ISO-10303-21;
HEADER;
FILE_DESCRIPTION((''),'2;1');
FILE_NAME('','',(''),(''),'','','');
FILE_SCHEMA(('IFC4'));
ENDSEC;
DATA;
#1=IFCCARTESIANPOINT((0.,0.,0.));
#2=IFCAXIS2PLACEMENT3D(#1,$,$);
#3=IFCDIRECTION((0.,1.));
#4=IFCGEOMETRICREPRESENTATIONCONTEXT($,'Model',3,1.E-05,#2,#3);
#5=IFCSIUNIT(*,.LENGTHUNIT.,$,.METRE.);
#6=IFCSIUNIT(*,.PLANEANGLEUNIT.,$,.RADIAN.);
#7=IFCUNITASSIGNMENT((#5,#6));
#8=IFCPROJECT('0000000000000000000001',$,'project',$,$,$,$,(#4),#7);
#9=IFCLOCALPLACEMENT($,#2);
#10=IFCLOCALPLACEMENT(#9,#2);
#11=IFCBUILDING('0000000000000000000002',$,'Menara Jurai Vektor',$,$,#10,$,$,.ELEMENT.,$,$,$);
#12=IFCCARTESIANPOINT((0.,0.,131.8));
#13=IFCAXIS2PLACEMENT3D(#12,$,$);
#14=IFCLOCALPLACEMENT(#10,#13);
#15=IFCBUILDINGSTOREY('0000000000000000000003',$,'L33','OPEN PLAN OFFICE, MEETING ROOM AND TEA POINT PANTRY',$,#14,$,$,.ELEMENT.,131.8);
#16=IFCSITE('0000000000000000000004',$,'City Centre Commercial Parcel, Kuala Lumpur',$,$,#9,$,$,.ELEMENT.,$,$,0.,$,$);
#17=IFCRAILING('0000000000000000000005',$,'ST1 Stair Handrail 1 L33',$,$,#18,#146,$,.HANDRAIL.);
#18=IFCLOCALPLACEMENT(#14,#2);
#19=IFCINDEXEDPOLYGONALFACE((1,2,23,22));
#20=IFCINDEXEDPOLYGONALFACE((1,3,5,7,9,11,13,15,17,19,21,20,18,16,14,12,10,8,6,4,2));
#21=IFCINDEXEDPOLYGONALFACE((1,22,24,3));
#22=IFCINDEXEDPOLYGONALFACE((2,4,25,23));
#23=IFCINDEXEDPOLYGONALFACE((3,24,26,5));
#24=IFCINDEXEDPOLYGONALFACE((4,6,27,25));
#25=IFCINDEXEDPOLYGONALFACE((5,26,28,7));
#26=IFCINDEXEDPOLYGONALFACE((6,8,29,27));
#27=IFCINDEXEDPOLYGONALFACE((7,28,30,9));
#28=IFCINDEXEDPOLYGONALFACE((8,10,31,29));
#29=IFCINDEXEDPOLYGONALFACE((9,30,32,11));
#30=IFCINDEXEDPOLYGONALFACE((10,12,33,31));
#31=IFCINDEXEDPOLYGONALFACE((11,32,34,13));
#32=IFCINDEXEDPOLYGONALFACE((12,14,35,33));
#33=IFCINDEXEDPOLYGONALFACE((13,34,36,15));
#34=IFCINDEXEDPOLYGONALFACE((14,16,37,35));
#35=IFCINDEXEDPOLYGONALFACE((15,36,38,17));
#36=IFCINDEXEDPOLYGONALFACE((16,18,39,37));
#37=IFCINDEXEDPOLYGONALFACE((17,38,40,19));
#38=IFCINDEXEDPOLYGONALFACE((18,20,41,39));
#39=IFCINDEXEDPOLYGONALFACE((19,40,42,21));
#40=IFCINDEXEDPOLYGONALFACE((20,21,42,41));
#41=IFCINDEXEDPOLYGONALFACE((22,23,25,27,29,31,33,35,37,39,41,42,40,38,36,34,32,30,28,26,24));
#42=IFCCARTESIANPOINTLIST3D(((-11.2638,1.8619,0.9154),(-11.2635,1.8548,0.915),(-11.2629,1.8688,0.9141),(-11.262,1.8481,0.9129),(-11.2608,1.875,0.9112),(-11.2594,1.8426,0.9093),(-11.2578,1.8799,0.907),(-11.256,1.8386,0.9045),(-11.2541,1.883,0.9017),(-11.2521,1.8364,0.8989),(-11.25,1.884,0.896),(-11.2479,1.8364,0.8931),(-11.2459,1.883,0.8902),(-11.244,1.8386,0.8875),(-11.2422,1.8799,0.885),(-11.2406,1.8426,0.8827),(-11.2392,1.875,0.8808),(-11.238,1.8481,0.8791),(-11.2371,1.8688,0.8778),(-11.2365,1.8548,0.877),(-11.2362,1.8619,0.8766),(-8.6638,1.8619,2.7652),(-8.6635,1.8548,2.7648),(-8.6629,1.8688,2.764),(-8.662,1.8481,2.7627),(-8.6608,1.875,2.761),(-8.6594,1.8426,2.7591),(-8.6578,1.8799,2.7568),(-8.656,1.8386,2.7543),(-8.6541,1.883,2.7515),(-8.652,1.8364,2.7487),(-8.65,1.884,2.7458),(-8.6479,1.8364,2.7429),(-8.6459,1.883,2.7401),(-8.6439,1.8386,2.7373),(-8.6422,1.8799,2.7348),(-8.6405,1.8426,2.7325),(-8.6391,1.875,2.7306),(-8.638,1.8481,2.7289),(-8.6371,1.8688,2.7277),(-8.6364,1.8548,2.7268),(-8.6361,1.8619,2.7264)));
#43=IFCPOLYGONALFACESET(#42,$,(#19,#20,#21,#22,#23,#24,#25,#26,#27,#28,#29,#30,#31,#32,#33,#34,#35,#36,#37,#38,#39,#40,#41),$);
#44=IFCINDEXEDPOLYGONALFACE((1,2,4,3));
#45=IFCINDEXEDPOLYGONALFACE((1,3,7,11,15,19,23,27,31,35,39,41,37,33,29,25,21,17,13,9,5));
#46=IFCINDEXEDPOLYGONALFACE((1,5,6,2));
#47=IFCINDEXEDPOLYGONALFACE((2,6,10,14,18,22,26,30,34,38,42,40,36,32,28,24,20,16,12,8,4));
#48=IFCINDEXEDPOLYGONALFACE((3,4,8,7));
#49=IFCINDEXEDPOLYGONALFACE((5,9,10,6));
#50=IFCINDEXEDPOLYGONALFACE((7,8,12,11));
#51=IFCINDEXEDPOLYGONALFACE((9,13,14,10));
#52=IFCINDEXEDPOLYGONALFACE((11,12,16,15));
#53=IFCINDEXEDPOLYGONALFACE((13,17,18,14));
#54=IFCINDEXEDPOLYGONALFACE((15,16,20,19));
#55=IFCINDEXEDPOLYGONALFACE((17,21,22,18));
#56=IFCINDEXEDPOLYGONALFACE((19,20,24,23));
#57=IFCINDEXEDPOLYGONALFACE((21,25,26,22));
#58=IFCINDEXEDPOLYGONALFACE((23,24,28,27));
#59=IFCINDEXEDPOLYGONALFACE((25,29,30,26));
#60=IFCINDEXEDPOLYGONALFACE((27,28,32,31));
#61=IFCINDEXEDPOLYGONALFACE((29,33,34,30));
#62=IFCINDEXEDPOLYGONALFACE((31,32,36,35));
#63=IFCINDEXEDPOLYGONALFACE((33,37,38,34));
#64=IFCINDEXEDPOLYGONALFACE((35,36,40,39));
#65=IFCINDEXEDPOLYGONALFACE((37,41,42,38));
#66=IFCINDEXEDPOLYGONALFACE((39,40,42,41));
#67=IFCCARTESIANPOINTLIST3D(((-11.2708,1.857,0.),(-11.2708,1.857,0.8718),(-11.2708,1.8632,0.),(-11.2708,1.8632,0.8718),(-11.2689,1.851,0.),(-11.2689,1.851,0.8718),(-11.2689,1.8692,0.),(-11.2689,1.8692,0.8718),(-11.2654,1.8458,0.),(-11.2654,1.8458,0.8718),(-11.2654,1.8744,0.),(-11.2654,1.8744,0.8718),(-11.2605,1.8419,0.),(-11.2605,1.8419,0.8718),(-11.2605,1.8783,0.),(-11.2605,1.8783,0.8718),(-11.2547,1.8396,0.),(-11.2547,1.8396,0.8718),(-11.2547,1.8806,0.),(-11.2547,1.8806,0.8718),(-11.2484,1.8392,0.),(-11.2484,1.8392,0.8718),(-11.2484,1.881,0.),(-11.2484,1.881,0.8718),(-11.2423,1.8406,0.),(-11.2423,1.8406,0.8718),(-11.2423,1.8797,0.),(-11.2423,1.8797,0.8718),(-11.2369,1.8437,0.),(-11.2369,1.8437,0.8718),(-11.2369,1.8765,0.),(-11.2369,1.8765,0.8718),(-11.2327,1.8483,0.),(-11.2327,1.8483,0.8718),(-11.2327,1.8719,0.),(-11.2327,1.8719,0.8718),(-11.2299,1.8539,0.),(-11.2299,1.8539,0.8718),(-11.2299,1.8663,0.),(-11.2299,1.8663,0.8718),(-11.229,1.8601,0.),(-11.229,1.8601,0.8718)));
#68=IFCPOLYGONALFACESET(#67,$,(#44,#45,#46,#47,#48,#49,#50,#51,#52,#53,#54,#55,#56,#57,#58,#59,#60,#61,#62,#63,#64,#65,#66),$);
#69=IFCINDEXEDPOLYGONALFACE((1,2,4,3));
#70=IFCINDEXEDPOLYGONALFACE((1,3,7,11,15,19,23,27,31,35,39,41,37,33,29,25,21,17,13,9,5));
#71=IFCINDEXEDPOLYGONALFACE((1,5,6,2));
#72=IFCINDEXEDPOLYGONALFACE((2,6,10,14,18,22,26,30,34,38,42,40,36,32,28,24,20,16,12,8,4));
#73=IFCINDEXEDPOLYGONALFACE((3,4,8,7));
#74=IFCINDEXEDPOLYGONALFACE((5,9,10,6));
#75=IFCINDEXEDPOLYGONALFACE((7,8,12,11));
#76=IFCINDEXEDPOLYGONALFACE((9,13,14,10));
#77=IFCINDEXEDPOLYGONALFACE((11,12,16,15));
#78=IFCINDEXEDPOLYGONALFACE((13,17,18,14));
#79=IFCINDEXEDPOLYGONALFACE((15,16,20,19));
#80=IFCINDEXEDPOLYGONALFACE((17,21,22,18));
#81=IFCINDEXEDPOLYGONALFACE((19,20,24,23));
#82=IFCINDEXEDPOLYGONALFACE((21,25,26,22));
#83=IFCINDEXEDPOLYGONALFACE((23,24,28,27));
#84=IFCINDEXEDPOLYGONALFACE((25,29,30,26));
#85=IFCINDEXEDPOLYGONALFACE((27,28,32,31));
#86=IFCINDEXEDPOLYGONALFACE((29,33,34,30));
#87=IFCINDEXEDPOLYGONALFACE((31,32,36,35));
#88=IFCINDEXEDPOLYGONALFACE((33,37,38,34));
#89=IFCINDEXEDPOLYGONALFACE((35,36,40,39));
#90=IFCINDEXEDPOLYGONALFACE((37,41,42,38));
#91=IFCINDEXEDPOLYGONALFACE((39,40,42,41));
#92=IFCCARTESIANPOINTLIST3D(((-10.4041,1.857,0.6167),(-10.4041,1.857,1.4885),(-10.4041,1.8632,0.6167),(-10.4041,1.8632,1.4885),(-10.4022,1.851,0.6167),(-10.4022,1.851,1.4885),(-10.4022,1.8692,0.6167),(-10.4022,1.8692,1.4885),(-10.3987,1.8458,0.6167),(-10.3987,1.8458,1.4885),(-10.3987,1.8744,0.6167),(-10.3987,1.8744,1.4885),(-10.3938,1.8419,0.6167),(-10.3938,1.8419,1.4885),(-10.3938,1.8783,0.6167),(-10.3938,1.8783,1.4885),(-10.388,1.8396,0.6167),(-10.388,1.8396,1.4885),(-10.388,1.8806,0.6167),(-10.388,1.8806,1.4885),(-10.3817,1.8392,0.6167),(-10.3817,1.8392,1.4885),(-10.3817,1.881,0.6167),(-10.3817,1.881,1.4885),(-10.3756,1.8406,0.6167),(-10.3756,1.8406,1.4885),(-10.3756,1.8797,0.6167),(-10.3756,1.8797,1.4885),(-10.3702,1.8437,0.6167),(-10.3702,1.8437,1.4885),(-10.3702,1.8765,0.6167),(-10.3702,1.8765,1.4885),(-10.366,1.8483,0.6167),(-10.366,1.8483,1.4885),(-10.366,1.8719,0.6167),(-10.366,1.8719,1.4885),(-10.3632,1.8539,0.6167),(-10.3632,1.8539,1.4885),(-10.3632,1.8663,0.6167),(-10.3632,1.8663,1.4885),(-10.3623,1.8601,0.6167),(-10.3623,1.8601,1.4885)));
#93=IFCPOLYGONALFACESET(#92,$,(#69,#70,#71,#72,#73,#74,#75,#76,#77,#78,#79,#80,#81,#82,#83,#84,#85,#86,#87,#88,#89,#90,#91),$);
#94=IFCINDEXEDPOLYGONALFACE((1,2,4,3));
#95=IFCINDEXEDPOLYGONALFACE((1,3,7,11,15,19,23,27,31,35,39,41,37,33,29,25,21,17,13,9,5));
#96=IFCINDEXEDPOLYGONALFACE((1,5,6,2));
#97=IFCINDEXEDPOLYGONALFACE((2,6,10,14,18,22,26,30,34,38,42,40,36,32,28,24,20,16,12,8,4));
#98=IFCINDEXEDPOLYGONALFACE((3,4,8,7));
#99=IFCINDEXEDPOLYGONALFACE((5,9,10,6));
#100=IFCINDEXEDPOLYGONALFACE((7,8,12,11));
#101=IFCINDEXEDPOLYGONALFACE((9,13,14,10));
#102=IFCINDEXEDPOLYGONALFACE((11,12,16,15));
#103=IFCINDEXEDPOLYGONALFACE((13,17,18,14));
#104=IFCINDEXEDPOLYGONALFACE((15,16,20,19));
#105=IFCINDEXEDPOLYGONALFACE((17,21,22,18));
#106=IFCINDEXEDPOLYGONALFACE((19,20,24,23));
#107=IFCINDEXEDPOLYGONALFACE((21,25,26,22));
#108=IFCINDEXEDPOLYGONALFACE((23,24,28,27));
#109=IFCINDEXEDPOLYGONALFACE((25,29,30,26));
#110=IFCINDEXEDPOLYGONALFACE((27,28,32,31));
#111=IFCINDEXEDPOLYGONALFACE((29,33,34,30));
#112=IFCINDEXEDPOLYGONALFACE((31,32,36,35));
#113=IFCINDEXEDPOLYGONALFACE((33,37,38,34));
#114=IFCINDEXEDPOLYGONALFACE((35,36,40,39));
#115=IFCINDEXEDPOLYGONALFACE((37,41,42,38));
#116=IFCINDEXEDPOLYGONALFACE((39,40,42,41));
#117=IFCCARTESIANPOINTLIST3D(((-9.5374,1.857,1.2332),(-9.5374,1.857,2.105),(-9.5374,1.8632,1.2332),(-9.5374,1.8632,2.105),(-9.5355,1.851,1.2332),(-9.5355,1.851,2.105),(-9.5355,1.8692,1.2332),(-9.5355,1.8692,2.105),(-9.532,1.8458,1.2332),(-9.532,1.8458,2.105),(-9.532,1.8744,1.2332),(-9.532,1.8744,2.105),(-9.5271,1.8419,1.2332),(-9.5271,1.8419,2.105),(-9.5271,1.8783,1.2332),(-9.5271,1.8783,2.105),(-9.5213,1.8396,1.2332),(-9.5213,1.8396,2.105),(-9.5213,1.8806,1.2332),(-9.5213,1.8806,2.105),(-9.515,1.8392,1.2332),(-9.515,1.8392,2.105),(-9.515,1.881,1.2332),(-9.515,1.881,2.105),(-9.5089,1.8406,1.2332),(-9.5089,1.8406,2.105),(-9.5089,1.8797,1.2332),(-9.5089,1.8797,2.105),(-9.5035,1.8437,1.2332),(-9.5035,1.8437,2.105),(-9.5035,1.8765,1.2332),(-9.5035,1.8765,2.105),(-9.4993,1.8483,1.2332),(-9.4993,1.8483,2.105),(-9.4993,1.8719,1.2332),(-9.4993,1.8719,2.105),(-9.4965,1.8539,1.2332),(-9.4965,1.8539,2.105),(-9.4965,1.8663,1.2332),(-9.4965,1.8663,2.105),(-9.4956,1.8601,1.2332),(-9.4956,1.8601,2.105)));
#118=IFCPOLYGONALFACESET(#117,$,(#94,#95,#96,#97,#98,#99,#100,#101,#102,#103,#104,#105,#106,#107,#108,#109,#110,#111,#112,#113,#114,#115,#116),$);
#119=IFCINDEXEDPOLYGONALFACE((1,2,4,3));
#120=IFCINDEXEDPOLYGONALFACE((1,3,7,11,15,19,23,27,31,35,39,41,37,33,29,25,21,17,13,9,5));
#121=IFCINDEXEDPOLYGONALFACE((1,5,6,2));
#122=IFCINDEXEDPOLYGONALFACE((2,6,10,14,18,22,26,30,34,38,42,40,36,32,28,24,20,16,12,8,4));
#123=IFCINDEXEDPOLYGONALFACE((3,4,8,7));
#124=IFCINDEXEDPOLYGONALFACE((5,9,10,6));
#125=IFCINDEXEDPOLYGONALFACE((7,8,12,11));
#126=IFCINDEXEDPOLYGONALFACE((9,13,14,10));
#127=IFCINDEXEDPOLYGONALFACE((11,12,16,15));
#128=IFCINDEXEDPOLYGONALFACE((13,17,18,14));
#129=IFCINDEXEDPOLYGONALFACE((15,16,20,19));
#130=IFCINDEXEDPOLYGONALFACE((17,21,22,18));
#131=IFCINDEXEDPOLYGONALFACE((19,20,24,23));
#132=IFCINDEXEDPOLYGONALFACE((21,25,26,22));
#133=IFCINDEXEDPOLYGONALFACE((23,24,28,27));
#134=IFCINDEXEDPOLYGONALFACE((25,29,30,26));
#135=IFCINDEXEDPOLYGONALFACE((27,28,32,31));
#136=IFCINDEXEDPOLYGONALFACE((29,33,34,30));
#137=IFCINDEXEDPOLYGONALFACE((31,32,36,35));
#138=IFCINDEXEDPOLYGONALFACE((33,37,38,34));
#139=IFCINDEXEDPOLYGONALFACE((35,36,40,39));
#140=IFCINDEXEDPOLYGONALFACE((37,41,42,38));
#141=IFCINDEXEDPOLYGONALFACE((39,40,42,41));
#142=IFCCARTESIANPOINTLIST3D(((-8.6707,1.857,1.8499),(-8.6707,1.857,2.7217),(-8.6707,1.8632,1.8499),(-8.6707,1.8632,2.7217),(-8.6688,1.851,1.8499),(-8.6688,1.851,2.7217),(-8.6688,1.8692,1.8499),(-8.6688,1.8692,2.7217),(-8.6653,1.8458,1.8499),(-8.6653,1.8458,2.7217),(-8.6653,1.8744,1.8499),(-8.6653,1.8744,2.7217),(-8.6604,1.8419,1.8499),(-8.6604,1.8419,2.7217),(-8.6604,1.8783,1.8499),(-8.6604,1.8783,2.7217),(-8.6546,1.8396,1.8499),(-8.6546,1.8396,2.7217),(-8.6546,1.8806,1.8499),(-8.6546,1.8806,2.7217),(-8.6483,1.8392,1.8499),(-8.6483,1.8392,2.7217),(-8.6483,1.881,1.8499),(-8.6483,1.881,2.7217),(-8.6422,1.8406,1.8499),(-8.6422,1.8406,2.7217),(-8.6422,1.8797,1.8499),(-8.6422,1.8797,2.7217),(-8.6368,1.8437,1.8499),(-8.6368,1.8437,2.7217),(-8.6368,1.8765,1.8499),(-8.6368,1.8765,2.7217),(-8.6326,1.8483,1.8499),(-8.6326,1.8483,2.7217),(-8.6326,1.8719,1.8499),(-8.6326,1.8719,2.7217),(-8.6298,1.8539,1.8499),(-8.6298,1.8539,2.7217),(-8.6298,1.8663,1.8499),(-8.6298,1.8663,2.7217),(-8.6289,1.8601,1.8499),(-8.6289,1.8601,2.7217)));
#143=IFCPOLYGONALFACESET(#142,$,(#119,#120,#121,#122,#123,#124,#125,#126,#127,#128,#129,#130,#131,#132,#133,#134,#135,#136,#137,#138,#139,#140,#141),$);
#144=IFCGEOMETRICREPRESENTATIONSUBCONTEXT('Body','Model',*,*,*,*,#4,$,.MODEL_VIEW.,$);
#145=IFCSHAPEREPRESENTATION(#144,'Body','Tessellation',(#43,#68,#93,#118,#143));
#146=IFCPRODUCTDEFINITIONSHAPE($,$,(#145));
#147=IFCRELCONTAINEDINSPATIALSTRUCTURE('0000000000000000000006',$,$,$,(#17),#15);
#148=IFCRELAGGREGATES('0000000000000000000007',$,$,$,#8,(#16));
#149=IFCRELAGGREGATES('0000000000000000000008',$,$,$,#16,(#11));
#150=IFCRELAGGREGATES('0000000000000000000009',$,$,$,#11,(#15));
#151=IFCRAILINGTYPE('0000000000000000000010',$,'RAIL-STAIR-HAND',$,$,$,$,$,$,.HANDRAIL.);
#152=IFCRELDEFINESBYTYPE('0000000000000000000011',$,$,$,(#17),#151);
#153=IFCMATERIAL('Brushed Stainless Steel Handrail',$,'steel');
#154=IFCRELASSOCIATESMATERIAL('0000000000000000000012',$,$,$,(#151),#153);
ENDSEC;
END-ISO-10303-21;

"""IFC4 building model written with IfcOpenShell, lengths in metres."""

from ifc_helpers import new_model, si_unit, direction, frame, origin, origin_2d, place, context, subcontext, project, spatial, circle, extrude, material, type_object, element, save


model = new_model("IFC4")

# Units and contexts
model_context = context("Model", 3, precision=1e-05, world=origin(), true_north=direction((0.0, 1.0)))
body_context = subcontext(model_context, "Body", "Model", "MODEL_VIEW")
ifc_project = project(units=[si_unit("LENGTHUNIT", "METRE"), si_unit("PLANEANGLEUNIT", "RADIAN")], contexts=[model_context])

# Site, building, storey
site_placement = place(None, origin())
site = spatial("IfcSite", under=ifc_project, at=site_placement, Name="City Centre Commercial Parcel, Kuala Lumpur", CompositionType="ELEMENT", RefElevation=0.0)
building_placement = place(site_placement, origin())
building = spatial("IfcBuilding", under=site, at=building_placement, Name="Menara Jurai Vektor", CompositionType="ELEMENT")
storey_placement = place(building_placement, frame((0.0, 0.0, 131.8)))
storey = spatial("IfcBuildingStorey", under=building, at=storey_placement, Name="L33", Description="OPEN PLAN OFFICE, MEETING ROOM AND TEA POINT PANTRY", CompositionType="ELEMENT", Elevation=131.8)

# Railing
ifc_material_1 = material(Name="Brushed Stainless Steel Handrail", Category="steel")
railing_type_1 = type_object("IfcRailingType", Name="RAIL-STAIR-HAND", PredefinedType="HANDRAIL", material=ifc_material_1)
railing_1_placement = place(storey_placement, frame((-11.25, 1.8601, 0.0)))
element("IfcRailing", 1, at=railing_1_placement, inside=storey, type_object=railing_type_1, Name="ST1 Stair Handrail 1 L33", PredefinedType="HANDRAIL", context=body_context, shape_type="SweptSolid", body=[
    extrude(circle(Radius=0.0239, at=origin_2d()), frame((0.0, 0.0, 0.896), z_axis=(0.814823, 0.0, 0.57971), x_axis=(0.0, 1.0, 0.0)), (0.0, 0.0, 1.0), 3.1909),
    extrude(circle(Radius=0.021, at=origin_2d()), origin(), (0.0, 0.0, 1.0), 0.8718),
    extrude(circle(Radius=0.021, at=origin_2d()), frame((0.8667, 0.0, 0.6167)), (0.0, 0.0, 1.0), 0.8718),
    extrude(circle(Radius=0.021, at=origin_2d()), frame((1.7334, 0.0, 1.2332)), (0.0, 0.0, 1.0), 0.8718),
    extrude(circle(Radius=0.021, at=origin_2d()), frame((2.6001, 0.0, 1.8499)), (0.0, 0.0, 1.0), 0.8718),
])

save(model, "model.ifc")
